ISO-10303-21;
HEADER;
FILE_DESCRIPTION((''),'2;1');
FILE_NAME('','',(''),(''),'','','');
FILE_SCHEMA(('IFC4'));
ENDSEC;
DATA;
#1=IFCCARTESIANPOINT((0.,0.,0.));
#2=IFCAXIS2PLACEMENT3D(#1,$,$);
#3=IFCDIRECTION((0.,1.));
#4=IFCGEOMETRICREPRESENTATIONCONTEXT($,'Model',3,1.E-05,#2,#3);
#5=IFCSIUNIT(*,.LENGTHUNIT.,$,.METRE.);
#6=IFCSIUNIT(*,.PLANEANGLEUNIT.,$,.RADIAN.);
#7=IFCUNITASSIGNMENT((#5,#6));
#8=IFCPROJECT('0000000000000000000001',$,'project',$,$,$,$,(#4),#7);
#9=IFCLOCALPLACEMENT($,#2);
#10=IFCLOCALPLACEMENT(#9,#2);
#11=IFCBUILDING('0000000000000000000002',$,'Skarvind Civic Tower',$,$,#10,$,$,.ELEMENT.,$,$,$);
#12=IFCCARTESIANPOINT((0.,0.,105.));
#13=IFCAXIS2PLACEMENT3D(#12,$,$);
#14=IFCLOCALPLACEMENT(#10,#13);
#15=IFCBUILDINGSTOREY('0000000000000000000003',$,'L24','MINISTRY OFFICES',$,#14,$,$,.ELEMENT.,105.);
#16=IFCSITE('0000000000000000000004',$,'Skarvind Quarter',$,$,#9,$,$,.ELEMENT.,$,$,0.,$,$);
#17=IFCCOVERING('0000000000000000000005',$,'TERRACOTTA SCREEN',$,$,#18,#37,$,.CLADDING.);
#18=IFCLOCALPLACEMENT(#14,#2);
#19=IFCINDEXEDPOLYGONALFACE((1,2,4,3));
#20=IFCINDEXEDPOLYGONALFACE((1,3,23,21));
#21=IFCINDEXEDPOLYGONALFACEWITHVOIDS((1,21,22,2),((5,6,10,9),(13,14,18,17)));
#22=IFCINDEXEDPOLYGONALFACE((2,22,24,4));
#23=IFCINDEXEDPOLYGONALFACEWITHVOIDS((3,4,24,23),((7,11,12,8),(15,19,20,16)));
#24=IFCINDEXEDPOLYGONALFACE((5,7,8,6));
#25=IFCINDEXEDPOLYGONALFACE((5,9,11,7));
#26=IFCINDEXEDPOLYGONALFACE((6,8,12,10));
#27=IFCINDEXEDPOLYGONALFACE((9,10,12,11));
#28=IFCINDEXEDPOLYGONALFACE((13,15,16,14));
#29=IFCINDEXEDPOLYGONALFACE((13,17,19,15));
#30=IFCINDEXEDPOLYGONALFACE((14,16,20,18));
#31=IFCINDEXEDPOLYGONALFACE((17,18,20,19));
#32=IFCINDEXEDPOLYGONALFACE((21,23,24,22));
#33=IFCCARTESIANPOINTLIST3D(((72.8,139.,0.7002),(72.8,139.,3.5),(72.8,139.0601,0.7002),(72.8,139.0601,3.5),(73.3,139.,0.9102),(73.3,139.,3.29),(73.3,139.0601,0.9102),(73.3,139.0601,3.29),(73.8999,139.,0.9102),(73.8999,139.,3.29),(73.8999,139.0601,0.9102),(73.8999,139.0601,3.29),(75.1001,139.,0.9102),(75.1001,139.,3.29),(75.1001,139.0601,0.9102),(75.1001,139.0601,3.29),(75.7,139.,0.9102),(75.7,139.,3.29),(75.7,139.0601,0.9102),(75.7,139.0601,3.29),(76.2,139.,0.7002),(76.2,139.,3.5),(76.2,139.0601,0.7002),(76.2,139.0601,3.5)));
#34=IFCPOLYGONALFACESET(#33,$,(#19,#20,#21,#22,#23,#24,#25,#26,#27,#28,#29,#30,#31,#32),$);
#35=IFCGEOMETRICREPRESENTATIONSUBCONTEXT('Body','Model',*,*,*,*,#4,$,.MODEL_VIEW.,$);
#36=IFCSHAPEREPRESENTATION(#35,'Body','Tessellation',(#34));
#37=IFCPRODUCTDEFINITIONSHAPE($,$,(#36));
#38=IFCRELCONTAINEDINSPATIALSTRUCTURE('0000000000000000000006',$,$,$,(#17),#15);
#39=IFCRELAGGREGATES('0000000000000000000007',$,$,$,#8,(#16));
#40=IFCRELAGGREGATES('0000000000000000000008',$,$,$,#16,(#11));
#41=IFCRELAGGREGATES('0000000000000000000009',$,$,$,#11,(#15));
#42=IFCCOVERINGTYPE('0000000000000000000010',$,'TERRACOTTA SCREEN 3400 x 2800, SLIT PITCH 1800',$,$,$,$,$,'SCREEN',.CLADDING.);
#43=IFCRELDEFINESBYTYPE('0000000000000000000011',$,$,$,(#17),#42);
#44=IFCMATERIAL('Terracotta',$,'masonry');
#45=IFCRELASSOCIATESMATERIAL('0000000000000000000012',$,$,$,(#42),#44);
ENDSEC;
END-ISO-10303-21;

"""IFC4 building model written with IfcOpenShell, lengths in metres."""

from ifc_helpers import new_model, si_unit, direction, frame, origin, place, context, subcontext, project, spatial, polyline, outline, extrude, material, material_profile, profile_set, type_object, element, save


model = new_model("IFC4")

# Units and contexts
model_context = context("Model", 3, precision=1e-05, world=origin(), true_north=direction((0.0, 1.0)))
body_context = subcontext(model_context, "Body", "Model", "MODEL_VIEW")
ifc_project = project(units=[si_unit("LENGTHUNIT", "METRE"), si_unit("PLANEANGLEUNIT", "RADIAN")], contexts=[model_context])

# Site, building, storey
site_placement = place(None, origin())
site = spatial("IfcSite", under=ifc_project, at=site_placement, Name="Skarvind Quarter", CompositionType="ELEMENT", RefElevation=0.0)
building_placement = place(site_placement, origin())
building = spatial("IfcBuilding", under=site, at=building_placement, Name="Skarvind Civic Tower", CompositionType="ELEMENT")
storey_placement = place(building_placement, frame((0.0, 0.0, 105.0)))
storey = spatial("IfcBuildingStorey", under=building, at=storey_placement, Name="L24", Description="MINISTRY OFFICES", CompositionType="ELEMENT", Elevation=105.0)

# Covering
ifc_material_1 = material(Name="Terracotta", Category="masonry")
ifc_material_profile_1 = material_profile(ifc_material_1, outline(polyline([(-1.7, -1.3999), (1.7, -1.3999), (1.7, 1.3999), (-1.7, 1.3999), (-1.7, -1.3999)]), holes=[polyline([(-1.2, -1.1899), (-0.6001, -1.1899), (-0.6001, 1.1899), (-1.2, 1.1899), (-1.2, -1.1899)]), polyline([(0.6001, -1.1899), (1.2, -1.1899), (1.2, 1.1899), (0.6001, 1.1899), (0.6001, -1.1899)])]), Name="TERRACOTTA SCREEN 3400 x 2800, SLIT PITCH 1800")
ifc_profile_set_1 = profile_set([ifc_material_profile_1], Name="Terracotta")
covering_type_1 = type_object("IfcCoveringType", Name="TERRACOTTA SCREEN 3400 x 2800, SLIT PITCH 1800", ElementType="SCREEN", PredefinedType="CLADDING", material=ifc_profile_set_1)
covering_placement = place(storey_placement, frame((74.5, 139.0, 2.1001), z_axis=(0.0, 1.0, 0.0), x_axis=(-1.0, 0.0, 0.0)))
element("IfcCovering", 1, at=covering_placement, inside=storey, type_object=covering_type_1, Name="TERRACOTTA SCREEN", PredefinedType="CLADDING", context=body_context, shape_type="SweptSolid", body=[
    extrude(outline(polyline([(-1.7, -1.3999), (1.7, -1.3999), (1.7, 1.3999), (-1.7, 1.3999), (-1.7, -1.3999)]), holes=[polyline([(-1.2, -1.1899), (-0.6001, -1.1899), (-0.6001, 1.1899), (-1.2, 1.1899), (-1.2, -1.1899)]), polyline([(0.6001, -1.1899), (1.2, -1.1899), (1.2, 1.1899), (0.6001, 1.1899), (0.6001, -1.1899)])]), origin(), (0.0, 0.0, 1.0), 0.0601),
])

save(model, "model.ifc")
